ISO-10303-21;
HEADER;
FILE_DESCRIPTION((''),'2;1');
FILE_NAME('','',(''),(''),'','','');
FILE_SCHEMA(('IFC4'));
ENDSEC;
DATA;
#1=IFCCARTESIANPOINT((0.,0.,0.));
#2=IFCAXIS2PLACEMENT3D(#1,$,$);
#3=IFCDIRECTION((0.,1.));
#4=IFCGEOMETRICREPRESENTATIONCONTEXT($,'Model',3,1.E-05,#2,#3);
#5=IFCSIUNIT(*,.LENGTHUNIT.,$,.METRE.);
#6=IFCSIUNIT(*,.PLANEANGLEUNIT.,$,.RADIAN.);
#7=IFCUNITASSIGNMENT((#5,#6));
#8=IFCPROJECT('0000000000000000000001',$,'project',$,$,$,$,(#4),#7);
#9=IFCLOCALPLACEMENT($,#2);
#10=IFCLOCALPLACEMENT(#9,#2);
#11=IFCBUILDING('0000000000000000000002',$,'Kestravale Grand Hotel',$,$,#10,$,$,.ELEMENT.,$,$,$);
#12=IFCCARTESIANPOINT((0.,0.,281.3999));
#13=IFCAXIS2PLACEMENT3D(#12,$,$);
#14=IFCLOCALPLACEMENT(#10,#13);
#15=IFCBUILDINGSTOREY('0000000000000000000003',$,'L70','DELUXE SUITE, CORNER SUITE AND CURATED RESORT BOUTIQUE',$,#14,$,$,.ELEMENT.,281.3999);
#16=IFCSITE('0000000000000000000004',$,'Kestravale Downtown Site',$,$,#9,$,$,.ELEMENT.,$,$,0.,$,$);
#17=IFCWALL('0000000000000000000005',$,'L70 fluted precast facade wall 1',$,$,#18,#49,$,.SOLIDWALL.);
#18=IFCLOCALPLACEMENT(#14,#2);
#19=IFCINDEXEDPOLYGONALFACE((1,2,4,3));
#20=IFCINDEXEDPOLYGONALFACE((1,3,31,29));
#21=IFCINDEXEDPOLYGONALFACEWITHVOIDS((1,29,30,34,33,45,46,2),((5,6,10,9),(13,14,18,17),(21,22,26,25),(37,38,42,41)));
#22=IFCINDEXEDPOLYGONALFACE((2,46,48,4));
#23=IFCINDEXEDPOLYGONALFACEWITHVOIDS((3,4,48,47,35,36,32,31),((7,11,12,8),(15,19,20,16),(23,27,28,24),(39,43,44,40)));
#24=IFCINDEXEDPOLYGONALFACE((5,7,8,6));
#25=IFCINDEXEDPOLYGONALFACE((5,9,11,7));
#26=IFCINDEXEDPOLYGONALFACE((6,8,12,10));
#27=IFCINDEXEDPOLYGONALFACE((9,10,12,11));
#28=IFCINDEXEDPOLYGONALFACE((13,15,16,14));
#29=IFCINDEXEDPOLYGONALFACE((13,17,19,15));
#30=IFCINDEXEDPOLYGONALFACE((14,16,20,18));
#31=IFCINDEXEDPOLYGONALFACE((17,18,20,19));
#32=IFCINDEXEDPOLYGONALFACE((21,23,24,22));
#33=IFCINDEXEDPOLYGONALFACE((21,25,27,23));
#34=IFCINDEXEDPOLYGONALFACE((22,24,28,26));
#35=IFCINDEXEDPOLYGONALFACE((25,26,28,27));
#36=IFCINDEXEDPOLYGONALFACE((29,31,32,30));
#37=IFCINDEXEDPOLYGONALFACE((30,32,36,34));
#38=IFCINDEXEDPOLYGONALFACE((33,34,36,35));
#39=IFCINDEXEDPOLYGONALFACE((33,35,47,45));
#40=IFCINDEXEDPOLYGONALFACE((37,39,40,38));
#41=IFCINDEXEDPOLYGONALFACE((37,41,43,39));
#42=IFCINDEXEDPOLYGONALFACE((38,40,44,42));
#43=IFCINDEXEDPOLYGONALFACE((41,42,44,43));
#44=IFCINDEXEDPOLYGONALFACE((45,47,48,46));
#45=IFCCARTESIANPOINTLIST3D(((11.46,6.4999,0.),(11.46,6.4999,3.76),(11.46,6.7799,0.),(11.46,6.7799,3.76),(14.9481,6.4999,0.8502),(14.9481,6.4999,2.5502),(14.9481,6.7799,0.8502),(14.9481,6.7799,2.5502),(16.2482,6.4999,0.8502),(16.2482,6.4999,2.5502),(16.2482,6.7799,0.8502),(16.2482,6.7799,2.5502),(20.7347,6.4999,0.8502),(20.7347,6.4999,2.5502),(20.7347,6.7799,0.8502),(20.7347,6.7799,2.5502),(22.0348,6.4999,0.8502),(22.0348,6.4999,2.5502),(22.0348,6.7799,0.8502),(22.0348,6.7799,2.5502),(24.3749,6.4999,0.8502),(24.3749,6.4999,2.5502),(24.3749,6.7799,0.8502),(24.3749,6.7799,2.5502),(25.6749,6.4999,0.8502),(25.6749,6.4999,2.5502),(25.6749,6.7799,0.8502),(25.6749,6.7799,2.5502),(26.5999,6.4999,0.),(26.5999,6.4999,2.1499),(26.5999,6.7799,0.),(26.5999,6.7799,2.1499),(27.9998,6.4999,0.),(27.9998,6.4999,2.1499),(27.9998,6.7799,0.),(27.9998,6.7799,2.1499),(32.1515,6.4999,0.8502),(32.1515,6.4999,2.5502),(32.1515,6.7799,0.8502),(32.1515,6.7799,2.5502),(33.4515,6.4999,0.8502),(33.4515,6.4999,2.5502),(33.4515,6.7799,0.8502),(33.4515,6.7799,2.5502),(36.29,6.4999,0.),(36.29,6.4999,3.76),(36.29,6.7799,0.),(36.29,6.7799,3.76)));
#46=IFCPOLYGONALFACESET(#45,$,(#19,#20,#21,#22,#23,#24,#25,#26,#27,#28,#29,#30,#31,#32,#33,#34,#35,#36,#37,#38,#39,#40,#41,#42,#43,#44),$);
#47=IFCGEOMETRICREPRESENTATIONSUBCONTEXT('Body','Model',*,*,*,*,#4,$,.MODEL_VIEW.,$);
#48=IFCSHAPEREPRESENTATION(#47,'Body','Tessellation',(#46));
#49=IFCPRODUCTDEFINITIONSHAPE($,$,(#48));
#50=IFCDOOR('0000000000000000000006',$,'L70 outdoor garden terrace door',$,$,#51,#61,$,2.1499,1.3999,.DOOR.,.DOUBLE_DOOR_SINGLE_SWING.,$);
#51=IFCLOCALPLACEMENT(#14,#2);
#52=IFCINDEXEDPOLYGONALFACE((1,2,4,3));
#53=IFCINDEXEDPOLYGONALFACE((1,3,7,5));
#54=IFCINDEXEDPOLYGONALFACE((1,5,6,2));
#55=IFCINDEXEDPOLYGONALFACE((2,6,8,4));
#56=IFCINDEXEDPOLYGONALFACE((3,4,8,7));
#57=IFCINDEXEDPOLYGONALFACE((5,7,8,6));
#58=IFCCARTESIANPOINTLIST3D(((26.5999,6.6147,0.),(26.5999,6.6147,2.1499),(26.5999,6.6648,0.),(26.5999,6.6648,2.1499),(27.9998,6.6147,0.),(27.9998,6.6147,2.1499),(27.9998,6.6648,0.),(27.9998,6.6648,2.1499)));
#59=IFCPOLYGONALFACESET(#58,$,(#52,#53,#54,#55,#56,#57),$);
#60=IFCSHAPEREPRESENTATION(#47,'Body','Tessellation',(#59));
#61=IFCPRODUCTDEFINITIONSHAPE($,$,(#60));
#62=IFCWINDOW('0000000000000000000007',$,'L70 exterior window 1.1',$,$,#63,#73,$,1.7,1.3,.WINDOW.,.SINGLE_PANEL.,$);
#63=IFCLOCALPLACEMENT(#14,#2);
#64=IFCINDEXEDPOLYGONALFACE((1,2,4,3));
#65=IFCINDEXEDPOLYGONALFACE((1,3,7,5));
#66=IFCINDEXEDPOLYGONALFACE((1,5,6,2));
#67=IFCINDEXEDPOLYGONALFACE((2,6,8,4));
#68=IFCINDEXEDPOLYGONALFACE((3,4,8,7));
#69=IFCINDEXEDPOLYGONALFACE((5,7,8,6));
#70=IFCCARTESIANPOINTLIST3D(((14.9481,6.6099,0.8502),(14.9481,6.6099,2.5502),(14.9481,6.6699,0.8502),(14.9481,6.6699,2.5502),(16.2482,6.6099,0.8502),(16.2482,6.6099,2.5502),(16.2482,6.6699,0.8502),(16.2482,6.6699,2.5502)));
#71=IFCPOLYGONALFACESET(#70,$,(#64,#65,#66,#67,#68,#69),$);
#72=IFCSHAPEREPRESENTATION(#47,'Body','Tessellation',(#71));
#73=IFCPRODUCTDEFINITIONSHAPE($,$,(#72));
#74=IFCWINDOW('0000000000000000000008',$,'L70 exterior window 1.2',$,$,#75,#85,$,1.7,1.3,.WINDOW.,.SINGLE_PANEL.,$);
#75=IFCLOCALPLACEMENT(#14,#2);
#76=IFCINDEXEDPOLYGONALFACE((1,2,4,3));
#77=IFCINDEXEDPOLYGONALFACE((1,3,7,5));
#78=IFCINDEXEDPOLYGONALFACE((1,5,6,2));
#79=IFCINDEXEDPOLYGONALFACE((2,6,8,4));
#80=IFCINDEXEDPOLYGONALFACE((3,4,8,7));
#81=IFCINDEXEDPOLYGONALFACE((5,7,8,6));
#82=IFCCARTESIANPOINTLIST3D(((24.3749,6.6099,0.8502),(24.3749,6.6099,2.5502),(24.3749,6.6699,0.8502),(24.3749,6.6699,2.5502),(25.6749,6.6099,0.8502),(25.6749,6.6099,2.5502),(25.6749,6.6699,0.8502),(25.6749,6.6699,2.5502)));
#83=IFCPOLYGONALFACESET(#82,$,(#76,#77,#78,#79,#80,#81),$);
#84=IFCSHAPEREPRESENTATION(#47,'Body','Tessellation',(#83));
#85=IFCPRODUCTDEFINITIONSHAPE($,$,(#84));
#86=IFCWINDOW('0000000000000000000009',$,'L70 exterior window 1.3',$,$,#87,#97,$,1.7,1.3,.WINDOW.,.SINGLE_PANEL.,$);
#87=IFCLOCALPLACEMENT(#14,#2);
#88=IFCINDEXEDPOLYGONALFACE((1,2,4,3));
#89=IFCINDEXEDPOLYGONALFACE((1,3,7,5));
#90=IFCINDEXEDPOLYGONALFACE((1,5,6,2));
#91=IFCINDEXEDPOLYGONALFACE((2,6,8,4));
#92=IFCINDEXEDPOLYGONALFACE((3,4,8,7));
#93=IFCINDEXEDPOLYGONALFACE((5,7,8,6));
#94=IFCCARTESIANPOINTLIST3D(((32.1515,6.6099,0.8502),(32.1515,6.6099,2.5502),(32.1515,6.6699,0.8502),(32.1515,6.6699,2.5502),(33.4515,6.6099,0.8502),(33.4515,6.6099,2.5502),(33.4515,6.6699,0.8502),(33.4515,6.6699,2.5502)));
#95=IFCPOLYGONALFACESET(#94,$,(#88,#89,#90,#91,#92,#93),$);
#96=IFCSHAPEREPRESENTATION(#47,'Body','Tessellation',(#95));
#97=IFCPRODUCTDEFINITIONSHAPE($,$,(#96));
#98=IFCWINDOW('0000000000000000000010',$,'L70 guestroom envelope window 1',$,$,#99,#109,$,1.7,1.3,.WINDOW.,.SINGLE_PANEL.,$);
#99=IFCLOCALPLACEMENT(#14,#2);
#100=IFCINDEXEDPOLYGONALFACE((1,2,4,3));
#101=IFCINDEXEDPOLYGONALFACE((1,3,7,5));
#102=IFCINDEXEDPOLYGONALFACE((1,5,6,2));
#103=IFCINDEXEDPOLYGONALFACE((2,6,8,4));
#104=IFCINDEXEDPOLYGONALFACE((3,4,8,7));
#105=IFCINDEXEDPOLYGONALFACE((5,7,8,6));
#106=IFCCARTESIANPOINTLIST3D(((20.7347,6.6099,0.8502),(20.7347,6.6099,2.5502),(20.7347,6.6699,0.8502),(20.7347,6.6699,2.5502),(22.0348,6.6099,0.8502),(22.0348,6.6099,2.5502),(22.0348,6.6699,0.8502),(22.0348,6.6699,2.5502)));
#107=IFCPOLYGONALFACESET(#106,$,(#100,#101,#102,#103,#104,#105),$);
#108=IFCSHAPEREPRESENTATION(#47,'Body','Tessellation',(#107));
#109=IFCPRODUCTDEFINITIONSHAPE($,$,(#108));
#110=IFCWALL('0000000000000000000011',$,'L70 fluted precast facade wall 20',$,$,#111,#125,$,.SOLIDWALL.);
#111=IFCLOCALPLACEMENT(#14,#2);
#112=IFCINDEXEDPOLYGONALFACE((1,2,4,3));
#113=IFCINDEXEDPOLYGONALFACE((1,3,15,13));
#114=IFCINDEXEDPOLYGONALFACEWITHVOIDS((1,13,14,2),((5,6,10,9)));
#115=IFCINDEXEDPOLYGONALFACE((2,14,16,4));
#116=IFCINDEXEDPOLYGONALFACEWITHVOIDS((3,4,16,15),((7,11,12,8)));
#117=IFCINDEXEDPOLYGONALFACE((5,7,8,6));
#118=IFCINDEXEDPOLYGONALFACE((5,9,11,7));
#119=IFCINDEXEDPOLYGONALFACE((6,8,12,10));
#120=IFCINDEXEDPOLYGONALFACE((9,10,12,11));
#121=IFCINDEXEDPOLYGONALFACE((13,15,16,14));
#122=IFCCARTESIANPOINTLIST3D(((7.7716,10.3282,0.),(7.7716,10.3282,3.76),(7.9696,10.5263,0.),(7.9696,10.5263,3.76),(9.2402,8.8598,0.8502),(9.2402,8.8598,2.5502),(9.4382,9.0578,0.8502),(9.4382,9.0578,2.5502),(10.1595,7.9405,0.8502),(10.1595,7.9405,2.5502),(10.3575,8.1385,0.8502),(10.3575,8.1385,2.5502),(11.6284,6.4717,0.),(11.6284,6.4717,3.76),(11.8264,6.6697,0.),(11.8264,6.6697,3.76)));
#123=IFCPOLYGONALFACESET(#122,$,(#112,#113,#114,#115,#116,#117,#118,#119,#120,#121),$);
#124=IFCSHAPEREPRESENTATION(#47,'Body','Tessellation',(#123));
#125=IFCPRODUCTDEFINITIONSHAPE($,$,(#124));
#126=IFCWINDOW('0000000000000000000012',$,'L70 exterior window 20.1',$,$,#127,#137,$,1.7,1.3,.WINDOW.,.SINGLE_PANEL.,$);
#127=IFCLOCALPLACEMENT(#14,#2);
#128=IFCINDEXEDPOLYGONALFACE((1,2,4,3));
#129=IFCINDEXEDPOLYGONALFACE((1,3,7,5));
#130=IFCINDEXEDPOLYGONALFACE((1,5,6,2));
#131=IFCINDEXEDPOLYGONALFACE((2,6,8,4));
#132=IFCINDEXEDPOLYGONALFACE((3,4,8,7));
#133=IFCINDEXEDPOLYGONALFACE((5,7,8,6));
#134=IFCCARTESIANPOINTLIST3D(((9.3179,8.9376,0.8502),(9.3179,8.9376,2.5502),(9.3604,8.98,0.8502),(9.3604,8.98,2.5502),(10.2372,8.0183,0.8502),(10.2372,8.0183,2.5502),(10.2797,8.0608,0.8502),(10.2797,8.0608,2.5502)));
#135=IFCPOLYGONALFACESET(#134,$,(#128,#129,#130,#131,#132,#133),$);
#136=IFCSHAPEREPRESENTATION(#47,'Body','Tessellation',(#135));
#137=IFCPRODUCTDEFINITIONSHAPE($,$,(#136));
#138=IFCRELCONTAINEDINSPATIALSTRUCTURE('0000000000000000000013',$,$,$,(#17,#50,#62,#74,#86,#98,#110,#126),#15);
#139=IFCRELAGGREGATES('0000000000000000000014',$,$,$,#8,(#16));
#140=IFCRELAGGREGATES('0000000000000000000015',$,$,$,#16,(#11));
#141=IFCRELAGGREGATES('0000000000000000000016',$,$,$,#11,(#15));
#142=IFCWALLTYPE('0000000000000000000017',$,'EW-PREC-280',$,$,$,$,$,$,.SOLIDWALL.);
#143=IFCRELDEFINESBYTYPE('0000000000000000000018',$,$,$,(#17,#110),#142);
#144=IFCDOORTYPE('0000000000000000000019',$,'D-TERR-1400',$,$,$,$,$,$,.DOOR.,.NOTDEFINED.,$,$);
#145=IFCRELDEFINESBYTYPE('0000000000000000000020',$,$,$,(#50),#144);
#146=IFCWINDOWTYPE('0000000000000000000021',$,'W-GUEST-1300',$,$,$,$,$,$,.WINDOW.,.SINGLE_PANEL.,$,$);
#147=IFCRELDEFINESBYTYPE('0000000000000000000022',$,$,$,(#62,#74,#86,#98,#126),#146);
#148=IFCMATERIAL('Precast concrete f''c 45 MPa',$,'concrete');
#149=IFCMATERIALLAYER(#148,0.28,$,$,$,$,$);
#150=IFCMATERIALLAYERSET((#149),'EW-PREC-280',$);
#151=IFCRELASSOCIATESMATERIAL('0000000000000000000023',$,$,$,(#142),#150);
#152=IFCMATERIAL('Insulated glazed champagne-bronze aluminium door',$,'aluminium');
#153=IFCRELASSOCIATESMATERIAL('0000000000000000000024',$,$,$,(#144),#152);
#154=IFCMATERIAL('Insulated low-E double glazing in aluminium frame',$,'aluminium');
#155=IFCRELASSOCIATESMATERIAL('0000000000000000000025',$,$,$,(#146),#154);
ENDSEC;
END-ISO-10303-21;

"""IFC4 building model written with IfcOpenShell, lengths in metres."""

from ifc_helpers import new_model, si_unit, direction, frame, frame_2d, origin, place, context, subcontext, project, spatial, rectangle, extrude, material, layer, layer_set, type_object, element, fill, save


model = new_model("IFC4")

# Units and contexts
model_context = context("Model", 3, precision=1e-05, world=origin(), true_north=direction((0.0, 1.0)))
body_context = subcontext(model_context, "Body", "Model", "MODEL_VIEW")
ifc_project = project(units=[si_unit("LENGTHUNIT", "METRE"), si_unit("PLANEANGLEUNIT", "RADIAN")], contexts=[model_context])

# Site, building, storey
site_placement = place(None, origin())
site = spatial("IfcSite", under=ifc_project, at=site_placement, Name="Kestravale Downtown Site", CompositionType="ELEMENT", RefElevation=0.0)
building_placement = place(site_placement, origin())
building = spatial("IfcBuilding", under=site, at=building_placement, Name="Kestravale Grand Hotel", CompositionType="ELEMENT")
storey_placement = place(building_placement, frame((0.0, 0.0, 281.3999)))
storey = spatial("IfcBuildingStorey", under=building, at=storey_placement, Name="L70", Description="DELUXE SUITE, CORNER SUITE AND CURATED RESORT BOUTIQUE", CompositionType="ELEMENT", Elevation=281.3999)

# Wall, openings, door, windows
ifc_material_1 = material(Name="Precast concrete f'c 45 MPa", Category="concrete")
ifc_layer_1 = layer(ifc_material_1, 0.28)
ifc_layer_set_1 = layer_set([ifc_layer_1], Name="EW-PREC-280")
wall_type_1 = type_object("IfcWallType", Name="EW-PREC-280", PredefinedType="SOLIDWALL", material=ifc_layer_set_1)
wall_1_placement = place(storey_placement, frame((11.46, 6.6399, 0.0), z_axis=(0.0, 0.0, 1.0), x_axis=(1.0, 0.0, 0.0)))
wall_1 = element("IfcWall", 1, at=wall_1_placement, inside=storey, type_object=wall_type_1, Name="L70 fluted precast facade wall 1", PredefinedType="SOLIDWALL", context=body_context, shape_type="SweptSolid", body=[
    extrude(rectangle(XDim=24.8301, YDim=0.28, at=frame_2d((12.415, 0.0))), origin(), (0.0, 0.0, 1.0), 3.76),
])
opening_1_placement = place(wall_1_placement, frame((15.1399, 0.0, 0.0)))
opening_1 = element("IfcOpeningElement", 2, at=opening_1_placement, cuts=wall_1, PredefinedType="OPENING", context=body_context, shape_type="SweptSolid", body=[
    extrude(rectangle(XDim=1.3999, YDim=2.1499, at=frame_2d((0.7, 1.075))), frame((0.0, 0.1499, 0.0), z_axis=(0.0, -1.0, 0.0), x_axis=(1.0, 0.0, 0.0)), (0.0, 0.0, 1.0), 0.3),
])
opening_2_placement = place(wall_1_placement, frame((3.4883, 0.0, 0.8501)))
opening_2 = element("IfcOpeningElement", 3, at=opening_2_placement, cuts=wall_1, PredefinedType="OPENING", context=body_context, shape_type="SweptSolid", body=[
    extrude(rectangle(XDim=1.3, YDim=1.7, at=frame_2d((0.6499, 0.8501))), frame((0.0, 0.1499, 0.0), z_axis=(0.0, -1.0, 0.0), x_axis=(1.0, 0.0, 0.0)), (0.0, 0.0, 1.0), 0.3),
])
opening_3_placement = place(wall_1_placement, frame((12.915, 0.0, 0.8501)))
opening_3 = element("IfcOpeningElement", 4, at=opening_3_placement, cuts=wall_1, PredefinedType="OPENING", context=body_context, shape_type="SweptSolid", body=[
    extrude(rectangle(XDim=1.3, YDim=1.7, at=frame_2d((0.6499, 0.8501))), frame((0.0, 0.1499, 0.0), z_axis=(0.0, -1.0, 0.0), x_axis=(1.0, 0.0, 0.0)), (0.0, 0.0, 1.0), 0.3),
])
opening_4_placement = place(wall_1_placement, frame((20.6917, 0.0, 0.8501)))
opening_4 = element("IfcOpeningElement", 5, at=opening_4_placement, cuts=wall_1, PredefinedType="OPENING", context=body_context, shape_type="SweptSolid", body=[
    extrude(rectangle(XDim=1.3, YDim=1.7, at=frame_2d((0.6499, 0.8501))), frame((0.0, 0.1499, 0.0), z_axis=(0.0, -1.0, 0.0), x_axis=(1.0, 0.0, 0.0)), (0.0, 0.0, 1.0), 0.3),
])
opening_5_placement = place(wall_1_placement, frame((9.2749, 0.0, 0.8501)))
opening_5 = element("IfcOpeningElement", 6, at=opening_5_placement, cuts=wall_1, PredefinedType="OPENING", context=body_context, shape_type="SweptSolid", body=[
    extrude(rectangle(XDim=1.3, YDim=1.7, at=frame_2d((0.6499, 0.8501))), frame((0.0, 0.1499, 0.0), z_axis=(0.0, -1.0, 0.0), x_axis=(1.0, 0.0, 0.0)), (0.0, 0.0, 1.0), 0.3),
])
ifc_material_2 = material(Name="Insulated glazed champagne-bronze aluminium door", Category="aluminium")
door_type_1 = type_object("IfcDoorType", Name="D-TERR-1400", OperationType="NOTDEFINED", PredefinedType="DOOR", material=ifc_material_2)
door_1_placement = place(opening_1_placement, origin())
door_1 = element("IfcDoor", 7, at=door_1_placement, inside=storey, type_object=door_type_1, Name="L70 outdoor garden terrace door", OperationType="DOUBLE_DOOR_SINGLE_SWING", OverallHeight=2.1499, OverallWidth=1.3999, PredefinedType="DOOR", context=body_context, shape_type="SweptSolid", body=[
    extrude(rectangle(XDim=1.3999, YDim=2.1499, at=frame_2d((0.7, 1.075))), frame((0.0, 0.0249, 0.0), z_axis=(0.0, -1.0, 0.0), x_axis=(1.0, 0.0, 0.0)), (0.0, 0.0, 1.0), 0.05),
])
fill(opening_1, door_1)
ifc_material_3 = material(Name="Insulated low-E double glazing in aluminium frame", Category="aluminium")
window_type = type_object("IfcWindowType", Name="W-GUEST-1300", PartitioningType="SINGLE_PANEL", PredefinedType="WINDOW", material=ifc_material_3)
window_1_placement = place(opening_2_placement, origin())
window_1 = element("IfcWindow", 8, at=window_1_placement, inside=storey, type_object=window_type, Name="L70 exterior window 1.1", OverallHeight=1.7, OverallWidth=1.3, PartitioningType="SINGLE_PANEL", PredefinedType="WINDOW", context=body_context, shape_type="SweptSolid", body=[
    extrude(rectangle(XDim=1.3, YDim=1.7, at=frame_2d((0.6499, 0.8501))), frame((0.0, 0.03, 0.0), z_axis=(0.0, -1.0, 0.0), x_axis=(1.0, 0.0, 0.0)), (0.0, 0.0, 1.0), 0.0601),
])
fill(opening_2, window_1)
window_2_placement = place(opening_3_placement, origin())
window_2 = element("IfcWindow", 9, at=window_2_placement, inside=storey, type_object=window_type, Name="L70 exterior window 1.2", OverallHeight=1.7, OverallWidth=1.3, PartitioningType="SINGLE_PANEL", PredefinedType="WINDOW", context=body_context, shape_type="SweptSolid", body=[
    extrude(rectangle(XDim=1.3, YDim=1.7, at=frame_2d((0.6499, 0.8501))), frame((0.0, 0.03, 0.0), z_axis=(0.0, -1.0, 0.0), x_axis=(1.0, 0.0, 0.0)), (0.0, 0.0, 1.0), 0.0601),
])
fill(opening_3, window_2)
window_3_placement = place(opening_4_placement, origin())
window_3 = element("IfcWindow", 10, at=window_3_placement, inside=storey, type_object=window_type, Name="L70 exterior window 1.3", OverallHeight=1.7, OverallWidth=1.3, PartitioningType="SINGLE_PANEL", PredefinedType="WINDOW", context=body_context, shape_type="SweptSolid", body=[
    extrude(rectangle(XDim=1.3, YDim=1.7, at=frame_2d((0.6499, 0.8501))), frame((0.0, 0.03, 0.0), z_axis=(0.0, -1.0, 0.0), x_axis=(1.0, 0.0, 0.0)), (0.0, 0.0, 1.0), 0.0601),
])
fill(opening_4, window_3)
window_4_placement = place(opening_5_placement, origin())
window_4 = element("IfcWindow", 11, at=window_4_placement, inside=storey, type_object=window_type, Name="L70 guestroom envelope window 1", OverallHeight=1.7, OverallWidth=1.3, PartitioningType="SINGLE_PANEL", PredefinedType="WINDOW", context=body_context, shape_type="SweptSolid", body=[
    extrude(rectangle(XDim=1.3, YDim=1.7, at=frame_2d((0.6499, 0.8501))), frame((0.0, 0.03, 0.0), z_axis=(0.0, -1.0, 0.0), x_axis=(1.0, 0.0, 0.0)), (0.0, 0.0, 1.0), 0.0601),
])
fill(opening_5, window_4)

# Wall, opening, window
wall_2_placement = place(storey_placement, frame((7.8706, 10.4272, 0.0), z_axis=(0.0, 0.0, 1.0), x_axis=(0.707129, -0.707084, 0.0)))
wall_2 = element("IfcWall", 12, at=wall_2_placement, inside=storey, type_object=wall_type_1, Name="L70 fluted precast facade wall 20", PredefinedType="SOLIDWALL", context=body_context, shape_type="SweptSolid", body=[
    extrude(rectangle(XDim=5.4541, YDim=0.28, at=frame_2d((2.7271, 0.0))), origin(), (0.0, 0.0, 1.0), 3.76),
])
opening_6_placement = place(wall_2_placement, frame((2.0769, 0.0, 0.8501)))
opening_6 = element("IfcOpeningElement", 13, at=opening_6_placement, cuts=wall_2, PredefinedType="OPENING", context=body_context, shape_type="SweptSolid", body=[
    extrude(rectangle(XDim=1.3, YDim=1.7, at=frame_2d((0.6499, 0.8501))), frame((0.0, 0.1499, 0.0), z_axis=(0.0, -1.0, 0.0), x_axis=(1.0, 0.0, 0.0)), (0.0, 0.0, 1.0), 0.3),
])
window_5_placement = place(opening_6_placement, origin())
window_5 = element("IfcWindow", 14, at=window_5_placement, inside=storey, type_object=window_type, Name="L70 exterior window 20.1", OverallHeight=1.7, OverallWidth=1.3, PartitioningType="SINGLE_PANEL", PredefinedType="WINDOW", context=body_context, shape_type="SweptSolid", body=[
    extrude(rectangle(XDim=1.3, YDim=1.7, at=frame_2d((0.6499, 0.8501))), frame((0.0, 0.03, 0.0), z_axis=(0.0, -1.0, 0.0), x_axis=(1.0, 0.0, 0.0)), (0.0, 0.0, 1.0), 0.0601),
])
fill(opening_6, window_5)

save(model, "model.ifc")
